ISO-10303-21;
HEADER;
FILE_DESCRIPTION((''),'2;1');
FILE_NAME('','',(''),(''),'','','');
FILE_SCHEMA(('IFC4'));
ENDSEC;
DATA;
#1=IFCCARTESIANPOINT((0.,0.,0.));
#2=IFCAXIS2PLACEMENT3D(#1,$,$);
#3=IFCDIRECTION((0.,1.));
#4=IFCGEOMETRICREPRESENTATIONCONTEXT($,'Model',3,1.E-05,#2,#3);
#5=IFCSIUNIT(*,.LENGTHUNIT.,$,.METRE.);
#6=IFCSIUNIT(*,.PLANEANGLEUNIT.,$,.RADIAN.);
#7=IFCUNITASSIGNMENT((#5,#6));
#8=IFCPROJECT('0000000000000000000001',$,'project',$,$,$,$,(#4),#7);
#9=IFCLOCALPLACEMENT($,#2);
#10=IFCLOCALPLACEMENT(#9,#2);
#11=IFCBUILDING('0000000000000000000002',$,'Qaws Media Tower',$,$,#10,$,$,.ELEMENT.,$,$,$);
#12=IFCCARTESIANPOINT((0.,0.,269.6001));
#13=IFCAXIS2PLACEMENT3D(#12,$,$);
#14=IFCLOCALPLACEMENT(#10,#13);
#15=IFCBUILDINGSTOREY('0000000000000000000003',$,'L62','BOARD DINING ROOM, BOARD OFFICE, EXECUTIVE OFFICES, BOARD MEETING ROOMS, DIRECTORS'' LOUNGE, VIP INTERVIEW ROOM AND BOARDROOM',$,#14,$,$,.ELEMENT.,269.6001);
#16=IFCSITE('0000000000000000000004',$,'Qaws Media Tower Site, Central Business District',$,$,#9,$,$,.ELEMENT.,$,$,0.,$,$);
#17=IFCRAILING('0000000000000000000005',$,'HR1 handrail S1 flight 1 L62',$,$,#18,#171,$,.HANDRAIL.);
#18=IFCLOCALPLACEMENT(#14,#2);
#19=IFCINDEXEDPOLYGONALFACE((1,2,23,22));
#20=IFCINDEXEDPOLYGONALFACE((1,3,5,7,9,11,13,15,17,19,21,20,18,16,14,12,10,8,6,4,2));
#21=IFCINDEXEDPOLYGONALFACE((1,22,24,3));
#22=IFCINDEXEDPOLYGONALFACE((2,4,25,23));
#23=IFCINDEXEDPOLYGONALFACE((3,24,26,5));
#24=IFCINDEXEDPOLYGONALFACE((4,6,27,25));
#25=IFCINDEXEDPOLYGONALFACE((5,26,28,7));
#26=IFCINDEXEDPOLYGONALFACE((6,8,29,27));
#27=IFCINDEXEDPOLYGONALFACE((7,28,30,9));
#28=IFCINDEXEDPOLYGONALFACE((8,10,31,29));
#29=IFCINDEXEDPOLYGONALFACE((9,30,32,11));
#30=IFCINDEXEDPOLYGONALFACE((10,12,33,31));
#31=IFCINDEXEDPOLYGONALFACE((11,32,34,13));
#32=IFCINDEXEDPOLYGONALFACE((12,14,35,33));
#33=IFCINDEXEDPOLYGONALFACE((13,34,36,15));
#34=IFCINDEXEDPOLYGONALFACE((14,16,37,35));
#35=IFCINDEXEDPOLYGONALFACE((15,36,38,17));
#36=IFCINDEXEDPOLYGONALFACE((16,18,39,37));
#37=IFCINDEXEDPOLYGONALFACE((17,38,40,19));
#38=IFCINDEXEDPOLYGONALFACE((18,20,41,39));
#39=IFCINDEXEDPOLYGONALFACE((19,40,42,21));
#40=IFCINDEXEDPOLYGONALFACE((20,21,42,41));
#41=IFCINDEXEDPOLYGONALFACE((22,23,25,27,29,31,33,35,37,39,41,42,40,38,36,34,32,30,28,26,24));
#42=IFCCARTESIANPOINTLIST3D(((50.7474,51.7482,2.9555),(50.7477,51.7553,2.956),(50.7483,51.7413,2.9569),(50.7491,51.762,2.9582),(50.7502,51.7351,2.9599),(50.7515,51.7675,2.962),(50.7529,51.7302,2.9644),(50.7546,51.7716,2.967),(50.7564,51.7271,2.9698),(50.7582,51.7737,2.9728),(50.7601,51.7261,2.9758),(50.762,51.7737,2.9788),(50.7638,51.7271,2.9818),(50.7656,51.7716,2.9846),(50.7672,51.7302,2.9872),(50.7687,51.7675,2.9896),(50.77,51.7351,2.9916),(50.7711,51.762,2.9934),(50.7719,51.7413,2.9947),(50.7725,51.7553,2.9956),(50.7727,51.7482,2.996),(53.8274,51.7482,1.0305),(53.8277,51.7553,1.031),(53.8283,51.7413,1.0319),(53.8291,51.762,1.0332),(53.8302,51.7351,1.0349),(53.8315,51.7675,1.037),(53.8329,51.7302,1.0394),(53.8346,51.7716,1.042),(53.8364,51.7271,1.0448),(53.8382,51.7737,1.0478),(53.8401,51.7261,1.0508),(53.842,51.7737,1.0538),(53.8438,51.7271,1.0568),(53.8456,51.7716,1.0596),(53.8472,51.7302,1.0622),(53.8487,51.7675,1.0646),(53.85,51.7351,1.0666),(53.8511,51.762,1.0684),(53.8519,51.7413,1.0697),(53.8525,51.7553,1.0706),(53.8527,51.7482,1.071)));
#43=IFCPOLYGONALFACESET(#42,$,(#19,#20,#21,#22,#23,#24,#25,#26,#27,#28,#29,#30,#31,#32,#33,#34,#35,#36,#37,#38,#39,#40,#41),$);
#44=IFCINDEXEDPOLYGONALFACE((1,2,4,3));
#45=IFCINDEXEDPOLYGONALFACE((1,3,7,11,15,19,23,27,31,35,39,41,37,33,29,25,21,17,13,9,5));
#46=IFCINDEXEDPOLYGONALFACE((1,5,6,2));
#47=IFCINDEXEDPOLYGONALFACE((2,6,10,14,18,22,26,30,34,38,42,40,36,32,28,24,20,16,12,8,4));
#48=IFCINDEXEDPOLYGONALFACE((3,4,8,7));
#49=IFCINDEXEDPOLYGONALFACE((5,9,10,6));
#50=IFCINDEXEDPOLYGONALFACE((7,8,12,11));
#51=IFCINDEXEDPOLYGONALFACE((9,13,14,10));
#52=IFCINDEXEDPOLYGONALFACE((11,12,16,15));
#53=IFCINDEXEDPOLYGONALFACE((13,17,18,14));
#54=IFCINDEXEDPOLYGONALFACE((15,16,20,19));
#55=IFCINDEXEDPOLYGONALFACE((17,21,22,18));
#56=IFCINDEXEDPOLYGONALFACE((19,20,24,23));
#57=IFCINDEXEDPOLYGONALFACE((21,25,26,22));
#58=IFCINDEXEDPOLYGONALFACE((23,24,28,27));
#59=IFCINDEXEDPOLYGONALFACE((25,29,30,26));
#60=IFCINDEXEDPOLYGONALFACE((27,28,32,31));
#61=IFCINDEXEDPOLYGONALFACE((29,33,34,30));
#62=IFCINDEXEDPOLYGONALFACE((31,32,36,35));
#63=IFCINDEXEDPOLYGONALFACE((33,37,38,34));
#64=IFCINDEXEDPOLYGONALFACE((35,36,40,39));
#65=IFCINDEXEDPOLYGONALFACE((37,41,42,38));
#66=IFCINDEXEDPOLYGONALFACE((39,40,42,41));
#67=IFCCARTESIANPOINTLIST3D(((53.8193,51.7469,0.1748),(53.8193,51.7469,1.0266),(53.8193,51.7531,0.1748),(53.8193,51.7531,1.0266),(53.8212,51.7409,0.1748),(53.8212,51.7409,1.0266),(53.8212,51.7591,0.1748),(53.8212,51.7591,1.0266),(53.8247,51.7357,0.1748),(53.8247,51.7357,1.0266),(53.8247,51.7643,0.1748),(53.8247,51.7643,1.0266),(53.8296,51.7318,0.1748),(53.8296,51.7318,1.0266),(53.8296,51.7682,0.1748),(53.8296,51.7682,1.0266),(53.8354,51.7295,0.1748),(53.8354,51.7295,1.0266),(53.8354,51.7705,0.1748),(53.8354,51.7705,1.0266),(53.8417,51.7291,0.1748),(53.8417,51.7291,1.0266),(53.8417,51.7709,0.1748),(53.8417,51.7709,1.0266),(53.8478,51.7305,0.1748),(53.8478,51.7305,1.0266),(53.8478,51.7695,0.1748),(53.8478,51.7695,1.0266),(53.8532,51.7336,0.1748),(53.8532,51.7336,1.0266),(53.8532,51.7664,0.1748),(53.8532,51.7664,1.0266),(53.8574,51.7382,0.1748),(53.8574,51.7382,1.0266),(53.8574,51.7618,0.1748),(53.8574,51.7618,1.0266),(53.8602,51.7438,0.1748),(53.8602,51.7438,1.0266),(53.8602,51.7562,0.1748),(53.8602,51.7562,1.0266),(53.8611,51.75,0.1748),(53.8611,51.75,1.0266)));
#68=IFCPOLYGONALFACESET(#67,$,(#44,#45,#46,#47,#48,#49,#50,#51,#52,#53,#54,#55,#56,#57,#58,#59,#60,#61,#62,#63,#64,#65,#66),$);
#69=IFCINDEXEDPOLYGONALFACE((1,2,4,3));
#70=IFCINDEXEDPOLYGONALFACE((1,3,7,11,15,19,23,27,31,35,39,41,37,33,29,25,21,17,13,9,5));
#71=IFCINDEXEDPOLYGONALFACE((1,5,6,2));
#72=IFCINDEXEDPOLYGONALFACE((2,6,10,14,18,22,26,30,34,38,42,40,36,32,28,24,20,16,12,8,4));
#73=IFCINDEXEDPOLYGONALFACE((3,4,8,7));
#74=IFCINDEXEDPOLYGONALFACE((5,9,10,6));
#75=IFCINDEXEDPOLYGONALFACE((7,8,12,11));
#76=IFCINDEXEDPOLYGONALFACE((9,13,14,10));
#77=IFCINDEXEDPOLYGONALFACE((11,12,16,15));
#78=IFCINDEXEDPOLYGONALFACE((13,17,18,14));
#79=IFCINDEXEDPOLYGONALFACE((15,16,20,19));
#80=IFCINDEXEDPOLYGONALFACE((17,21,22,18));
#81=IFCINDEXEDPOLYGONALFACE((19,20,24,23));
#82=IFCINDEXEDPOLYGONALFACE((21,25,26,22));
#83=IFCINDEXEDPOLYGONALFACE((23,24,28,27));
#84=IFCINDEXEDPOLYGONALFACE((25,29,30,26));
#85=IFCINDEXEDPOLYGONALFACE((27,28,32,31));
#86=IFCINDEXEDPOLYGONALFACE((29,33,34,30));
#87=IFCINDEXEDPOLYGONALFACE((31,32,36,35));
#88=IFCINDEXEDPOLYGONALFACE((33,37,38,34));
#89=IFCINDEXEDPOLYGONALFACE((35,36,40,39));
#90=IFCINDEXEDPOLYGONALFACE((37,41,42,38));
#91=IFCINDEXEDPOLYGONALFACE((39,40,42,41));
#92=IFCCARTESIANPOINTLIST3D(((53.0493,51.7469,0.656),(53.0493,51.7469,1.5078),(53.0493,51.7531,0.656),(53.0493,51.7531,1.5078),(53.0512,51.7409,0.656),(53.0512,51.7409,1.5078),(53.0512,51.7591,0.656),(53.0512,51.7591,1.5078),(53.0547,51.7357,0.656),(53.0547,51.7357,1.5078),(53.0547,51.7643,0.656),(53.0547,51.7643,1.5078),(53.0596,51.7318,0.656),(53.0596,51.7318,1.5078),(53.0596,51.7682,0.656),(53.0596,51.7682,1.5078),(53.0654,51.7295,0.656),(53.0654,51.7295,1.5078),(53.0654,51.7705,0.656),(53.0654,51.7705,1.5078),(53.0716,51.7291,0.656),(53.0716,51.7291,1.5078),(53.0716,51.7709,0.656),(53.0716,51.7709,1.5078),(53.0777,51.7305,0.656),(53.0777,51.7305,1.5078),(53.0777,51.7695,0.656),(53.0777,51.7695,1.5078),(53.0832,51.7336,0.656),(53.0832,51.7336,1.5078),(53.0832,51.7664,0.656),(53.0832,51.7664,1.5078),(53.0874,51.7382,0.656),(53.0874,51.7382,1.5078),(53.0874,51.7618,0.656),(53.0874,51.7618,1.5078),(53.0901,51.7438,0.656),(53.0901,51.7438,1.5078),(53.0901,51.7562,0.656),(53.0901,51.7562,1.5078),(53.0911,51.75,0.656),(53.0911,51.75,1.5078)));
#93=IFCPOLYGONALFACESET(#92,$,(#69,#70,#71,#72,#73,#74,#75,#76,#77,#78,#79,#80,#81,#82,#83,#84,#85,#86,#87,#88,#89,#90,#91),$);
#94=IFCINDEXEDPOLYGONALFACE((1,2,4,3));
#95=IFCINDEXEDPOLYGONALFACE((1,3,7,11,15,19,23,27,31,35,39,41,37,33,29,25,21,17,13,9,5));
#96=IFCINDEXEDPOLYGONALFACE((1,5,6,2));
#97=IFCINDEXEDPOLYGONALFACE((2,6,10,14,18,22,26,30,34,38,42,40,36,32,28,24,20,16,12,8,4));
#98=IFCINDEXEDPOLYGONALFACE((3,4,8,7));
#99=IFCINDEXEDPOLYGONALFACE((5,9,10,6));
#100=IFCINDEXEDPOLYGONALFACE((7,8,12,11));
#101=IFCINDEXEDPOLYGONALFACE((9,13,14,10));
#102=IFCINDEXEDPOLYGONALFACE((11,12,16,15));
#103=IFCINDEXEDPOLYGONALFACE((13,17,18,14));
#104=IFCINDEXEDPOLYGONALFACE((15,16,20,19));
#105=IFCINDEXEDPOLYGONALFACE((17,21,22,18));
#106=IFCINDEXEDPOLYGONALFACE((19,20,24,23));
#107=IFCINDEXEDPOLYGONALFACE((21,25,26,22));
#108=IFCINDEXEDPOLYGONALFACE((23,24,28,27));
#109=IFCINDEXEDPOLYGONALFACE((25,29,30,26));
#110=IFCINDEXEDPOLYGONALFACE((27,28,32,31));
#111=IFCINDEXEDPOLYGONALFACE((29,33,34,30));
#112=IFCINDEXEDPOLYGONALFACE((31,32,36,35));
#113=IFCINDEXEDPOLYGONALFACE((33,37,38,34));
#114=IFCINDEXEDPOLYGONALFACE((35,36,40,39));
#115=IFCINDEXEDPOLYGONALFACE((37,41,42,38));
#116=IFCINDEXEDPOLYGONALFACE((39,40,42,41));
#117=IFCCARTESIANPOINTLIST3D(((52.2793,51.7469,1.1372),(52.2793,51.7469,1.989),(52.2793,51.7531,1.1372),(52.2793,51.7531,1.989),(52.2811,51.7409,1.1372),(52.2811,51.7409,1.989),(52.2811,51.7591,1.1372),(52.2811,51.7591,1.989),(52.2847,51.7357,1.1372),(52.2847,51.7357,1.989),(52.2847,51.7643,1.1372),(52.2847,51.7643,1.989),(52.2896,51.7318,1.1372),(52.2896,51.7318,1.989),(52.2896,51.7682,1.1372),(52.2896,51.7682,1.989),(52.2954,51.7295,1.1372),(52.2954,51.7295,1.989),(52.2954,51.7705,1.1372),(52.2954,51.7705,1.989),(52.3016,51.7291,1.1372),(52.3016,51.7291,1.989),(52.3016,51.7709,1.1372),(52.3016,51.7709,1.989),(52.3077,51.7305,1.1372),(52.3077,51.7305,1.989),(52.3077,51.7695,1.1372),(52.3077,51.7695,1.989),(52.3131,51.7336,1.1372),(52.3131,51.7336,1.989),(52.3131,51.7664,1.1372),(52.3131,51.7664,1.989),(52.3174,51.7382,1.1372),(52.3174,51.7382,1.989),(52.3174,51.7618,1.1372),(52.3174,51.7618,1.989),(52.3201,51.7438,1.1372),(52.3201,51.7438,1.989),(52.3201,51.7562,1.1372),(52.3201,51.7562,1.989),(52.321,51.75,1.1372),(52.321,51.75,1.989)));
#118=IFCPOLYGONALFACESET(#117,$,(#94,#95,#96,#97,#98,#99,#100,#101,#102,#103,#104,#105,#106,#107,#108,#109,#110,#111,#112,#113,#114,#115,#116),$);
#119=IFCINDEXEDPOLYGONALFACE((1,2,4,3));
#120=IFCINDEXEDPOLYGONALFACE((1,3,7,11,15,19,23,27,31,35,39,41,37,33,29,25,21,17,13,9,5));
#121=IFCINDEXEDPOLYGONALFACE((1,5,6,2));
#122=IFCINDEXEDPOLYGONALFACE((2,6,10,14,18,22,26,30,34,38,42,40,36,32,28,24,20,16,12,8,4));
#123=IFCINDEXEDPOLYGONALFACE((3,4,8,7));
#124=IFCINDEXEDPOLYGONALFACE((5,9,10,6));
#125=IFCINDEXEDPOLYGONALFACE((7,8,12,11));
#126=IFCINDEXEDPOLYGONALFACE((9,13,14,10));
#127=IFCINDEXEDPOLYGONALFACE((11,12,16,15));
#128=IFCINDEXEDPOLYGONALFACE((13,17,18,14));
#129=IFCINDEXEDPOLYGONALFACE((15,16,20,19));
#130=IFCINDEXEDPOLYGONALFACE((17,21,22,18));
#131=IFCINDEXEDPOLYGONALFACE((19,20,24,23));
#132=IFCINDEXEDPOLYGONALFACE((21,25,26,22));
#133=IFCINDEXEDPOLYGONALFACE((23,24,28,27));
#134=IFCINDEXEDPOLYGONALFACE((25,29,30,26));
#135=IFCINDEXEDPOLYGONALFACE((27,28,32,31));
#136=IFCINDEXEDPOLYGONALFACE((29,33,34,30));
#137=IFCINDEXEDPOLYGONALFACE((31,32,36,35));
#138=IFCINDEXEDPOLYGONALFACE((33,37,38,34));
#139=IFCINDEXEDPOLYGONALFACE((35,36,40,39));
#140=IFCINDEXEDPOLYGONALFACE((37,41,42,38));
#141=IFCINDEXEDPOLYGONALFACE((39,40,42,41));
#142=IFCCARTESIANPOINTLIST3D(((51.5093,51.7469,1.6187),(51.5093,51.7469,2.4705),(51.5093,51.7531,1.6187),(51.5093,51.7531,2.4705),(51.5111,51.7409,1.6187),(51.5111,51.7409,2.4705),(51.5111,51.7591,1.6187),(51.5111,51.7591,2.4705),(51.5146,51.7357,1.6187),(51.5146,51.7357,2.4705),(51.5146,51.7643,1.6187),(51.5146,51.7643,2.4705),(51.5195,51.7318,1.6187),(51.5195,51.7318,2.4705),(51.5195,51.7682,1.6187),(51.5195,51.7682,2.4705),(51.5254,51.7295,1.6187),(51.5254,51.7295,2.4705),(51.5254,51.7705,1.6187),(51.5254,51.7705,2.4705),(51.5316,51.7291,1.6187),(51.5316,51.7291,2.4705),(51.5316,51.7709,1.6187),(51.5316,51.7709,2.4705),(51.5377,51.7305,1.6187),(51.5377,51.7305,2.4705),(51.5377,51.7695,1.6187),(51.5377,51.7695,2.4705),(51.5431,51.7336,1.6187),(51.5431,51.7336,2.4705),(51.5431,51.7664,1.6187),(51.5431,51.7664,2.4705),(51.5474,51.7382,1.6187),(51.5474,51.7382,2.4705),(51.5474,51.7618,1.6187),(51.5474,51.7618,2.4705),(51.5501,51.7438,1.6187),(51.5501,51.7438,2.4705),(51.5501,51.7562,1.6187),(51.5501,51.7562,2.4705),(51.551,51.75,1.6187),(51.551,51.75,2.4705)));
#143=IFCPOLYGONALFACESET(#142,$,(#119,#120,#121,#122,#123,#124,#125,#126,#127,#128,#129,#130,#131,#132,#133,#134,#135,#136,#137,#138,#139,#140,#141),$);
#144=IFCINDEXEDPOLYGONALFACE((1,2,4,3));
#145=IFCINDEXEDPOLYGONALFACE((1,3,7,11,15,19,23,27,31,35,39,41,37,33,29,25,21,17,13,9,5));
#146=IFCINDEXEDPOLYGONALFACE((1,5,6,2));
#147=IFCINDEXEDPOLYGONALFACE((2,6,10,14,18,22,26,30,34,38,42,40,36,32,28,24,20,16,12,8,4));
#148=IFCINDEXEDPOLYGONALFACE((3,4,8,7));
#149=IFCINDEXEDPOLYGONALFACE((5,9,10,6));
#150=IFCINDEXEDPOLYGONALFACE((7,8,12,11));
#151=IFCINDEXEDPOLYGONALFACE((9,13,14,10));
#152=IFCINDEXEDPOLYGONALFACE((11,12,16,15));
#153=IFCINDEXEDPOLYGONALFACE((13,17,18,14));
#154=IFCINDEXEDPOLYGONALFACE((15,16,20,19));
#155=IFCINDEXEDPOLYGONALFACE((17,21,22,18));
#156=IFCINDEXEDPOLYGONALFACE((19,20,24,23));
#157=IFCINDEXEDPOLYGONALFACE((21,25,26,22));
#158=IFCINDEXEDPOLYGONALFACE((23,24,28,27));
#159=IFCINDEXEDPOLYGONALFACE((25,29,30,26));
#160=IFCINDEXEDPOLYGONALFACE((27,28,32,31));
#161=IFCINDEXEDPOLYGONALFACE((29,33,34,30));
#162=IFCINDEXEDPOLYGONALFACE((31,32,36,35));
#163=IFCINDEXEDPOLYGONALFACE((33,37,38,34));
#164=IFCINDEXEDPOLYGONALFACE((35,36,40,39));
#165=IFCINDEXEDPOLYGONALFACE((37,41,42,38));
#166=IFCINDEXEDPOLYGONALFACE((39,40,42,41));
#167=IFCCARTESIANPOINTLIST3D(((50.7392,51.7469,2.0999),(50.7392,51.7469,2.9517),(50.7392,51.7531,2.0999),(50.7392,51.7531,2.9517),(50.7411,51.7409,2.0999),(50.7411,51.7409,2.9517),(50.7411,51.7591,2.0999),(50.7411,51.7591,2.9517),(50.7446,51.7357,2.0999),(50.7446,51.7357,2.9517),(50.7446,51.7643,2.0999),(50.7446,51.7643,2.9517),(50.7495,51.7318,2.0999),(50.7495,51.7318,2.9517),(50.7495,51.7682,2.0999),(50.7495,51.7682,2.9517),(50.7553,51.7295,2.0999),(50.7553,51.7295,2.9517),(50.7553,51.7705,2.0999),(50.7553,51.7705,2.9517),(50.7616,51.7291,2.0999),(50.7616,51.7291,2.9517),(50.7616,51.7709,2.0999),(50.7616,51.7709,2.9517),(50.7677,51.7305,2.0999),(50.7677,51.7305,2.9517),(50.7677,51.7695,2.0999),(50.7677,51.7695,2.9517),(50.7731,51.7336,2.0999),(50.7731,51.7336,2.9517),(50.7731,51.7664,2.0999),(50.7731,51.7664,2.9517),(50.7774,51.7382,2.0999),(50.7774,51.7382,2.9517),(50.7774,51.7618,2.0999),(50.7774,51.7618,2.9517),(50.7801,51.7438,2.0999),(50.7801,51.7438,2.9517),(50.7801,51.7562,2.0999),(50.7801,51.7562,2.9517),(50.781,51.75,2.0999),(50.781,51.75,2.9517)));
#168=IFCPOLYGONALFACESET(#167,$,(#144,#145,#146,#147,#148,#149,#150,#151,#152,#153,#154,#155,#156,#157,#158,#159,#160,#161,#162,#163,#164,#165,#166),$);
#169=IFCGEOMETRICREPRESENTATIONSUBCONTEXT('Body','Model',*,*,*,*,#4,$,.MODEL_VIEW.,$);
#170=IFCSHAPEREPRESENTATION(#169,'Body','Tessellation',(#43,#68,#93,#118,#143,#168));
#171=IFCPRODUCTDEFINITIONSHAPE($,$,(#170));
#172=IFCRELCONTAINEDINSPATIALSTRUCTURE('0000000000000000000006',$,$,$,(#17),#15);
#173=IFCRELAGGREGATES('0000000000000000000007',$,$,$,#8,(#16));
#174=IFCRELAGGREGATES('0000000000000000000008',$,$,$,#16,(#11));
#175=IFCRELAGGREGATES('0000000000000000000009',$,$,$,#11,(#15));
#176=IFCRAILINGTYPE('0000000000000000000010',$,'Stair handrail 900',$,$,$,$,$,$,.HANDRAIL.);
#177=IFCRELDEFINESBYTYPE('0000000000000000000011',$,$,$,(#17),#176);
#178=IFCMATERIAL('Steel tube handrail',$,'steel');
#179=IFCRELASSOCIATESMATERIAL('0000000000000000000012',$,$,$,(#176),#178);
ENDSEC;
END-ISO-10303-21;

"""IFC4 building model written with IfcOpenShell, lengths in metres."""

from ifc_helpers import new_model, si_unit, direction, frame, origin, origin_2d, place, context, subcontext, project, spatial, circle, extrude, material, type_object, element, save


model = new_model("IFC4")

# Units and contexts
model_context = context("Model", 3, precision=1e-05, world=origin(), true_north=direction((0.0, 1.0)))
body_context = subcontext(model_context, "Body", "Model", "MODEL_VIEW")
ifc_project = project(units=[si_unit("LENGTHUNIT", "METRE"), si_unit("PLANEANGLEUNIT", "RADIAN")], contexts=[model_context])

# Site, building, storey
site_placement = place(None, origin())
site = spatial("IfcSite", under=ifc_project, at=site_placement, Name="Qaws Media Tower Site, Central Business District", CompositionType="ELEMENT", RefElevation=0.0)
building_placement = place(site_placement, origin())
building = spatial("IfcBuilding", under=site, at=building_placement, Name="Qaws Media Tower", CompositionType="ELEMENT")
storey_placement = place(building_placement, frame((0.0, 0.0, 269.6001)))
storey = spatial("IfcBuildingStorey", under=building, at=storey_placement, Name="L62", Description="BOARD DINING ROOM, BOARD OFFICE, EXECUTIVE OFFICES, BOARD MEETING ROOMS, DIRECTORS' LOUNGE, VIP INTERVIEW ROOM AND BOARDROOM", CompositionType="ELEMENT", Elevation=269.6001)

# Railing
ifc_material_1 = material(Name="Steel tube handrail", Category="steel")
railing_type = type_object("IfcRailingType", Name="Stair handrail 900", PredefinedType="HANDRAIL", material=ifc_material_1)
for number, where, name in (
    (1, (53.8401, 51.75, 0.1748), "HR1 handrail S1 flight 1 L62"),
):
    element("IfcRailing", number, at=place(storey_placement, frame(where)), inside=storey, type_object=railing_type, Name=name, PredefinedType="HANDRAIL", context=body_context, shape_type="SweptSolid", body=[
        extrude(circle(Radius=0.0239, at=origin_2d()), frame((0.0, 0.0, 0.876), z_axis=(-0.847998, 0.0, 0.529999), x_axis=(0.0, -1.0, 0.0)), (0.0, 0.0, 1.0), 3.6321),
        extrude(circle(Radius=0.021, at=origin_2d()), origin(), (0.0, 0.0, 1.0), 0.8518),
        extrude(circle(Radius=0.021, at=origin_2d()), frame((-0.77, 0.0, 0.4812)), (0.0, 0.0, 1.0), 0.8518),
        extrude(circle(Radius=0.021, at=origin_2d()), frame((-1.54, 0.0, 0.9624)), (0.0, 0.0, 1.0), 0.8518),
        extrude(circle(Radius=0.021, at=origin_2d()), frame((-2.3101, 0.0, 1.4438)), (0.0, 0.0, 1.0), 0.8518),
        extrude(circle(Radius=0.021, at=origin_2d()), frame((-3.0801, 0.0, 1.925)), (0.0, 0.0, 1.0), 0.8518),
    ])

save(model, "model.ifc")
